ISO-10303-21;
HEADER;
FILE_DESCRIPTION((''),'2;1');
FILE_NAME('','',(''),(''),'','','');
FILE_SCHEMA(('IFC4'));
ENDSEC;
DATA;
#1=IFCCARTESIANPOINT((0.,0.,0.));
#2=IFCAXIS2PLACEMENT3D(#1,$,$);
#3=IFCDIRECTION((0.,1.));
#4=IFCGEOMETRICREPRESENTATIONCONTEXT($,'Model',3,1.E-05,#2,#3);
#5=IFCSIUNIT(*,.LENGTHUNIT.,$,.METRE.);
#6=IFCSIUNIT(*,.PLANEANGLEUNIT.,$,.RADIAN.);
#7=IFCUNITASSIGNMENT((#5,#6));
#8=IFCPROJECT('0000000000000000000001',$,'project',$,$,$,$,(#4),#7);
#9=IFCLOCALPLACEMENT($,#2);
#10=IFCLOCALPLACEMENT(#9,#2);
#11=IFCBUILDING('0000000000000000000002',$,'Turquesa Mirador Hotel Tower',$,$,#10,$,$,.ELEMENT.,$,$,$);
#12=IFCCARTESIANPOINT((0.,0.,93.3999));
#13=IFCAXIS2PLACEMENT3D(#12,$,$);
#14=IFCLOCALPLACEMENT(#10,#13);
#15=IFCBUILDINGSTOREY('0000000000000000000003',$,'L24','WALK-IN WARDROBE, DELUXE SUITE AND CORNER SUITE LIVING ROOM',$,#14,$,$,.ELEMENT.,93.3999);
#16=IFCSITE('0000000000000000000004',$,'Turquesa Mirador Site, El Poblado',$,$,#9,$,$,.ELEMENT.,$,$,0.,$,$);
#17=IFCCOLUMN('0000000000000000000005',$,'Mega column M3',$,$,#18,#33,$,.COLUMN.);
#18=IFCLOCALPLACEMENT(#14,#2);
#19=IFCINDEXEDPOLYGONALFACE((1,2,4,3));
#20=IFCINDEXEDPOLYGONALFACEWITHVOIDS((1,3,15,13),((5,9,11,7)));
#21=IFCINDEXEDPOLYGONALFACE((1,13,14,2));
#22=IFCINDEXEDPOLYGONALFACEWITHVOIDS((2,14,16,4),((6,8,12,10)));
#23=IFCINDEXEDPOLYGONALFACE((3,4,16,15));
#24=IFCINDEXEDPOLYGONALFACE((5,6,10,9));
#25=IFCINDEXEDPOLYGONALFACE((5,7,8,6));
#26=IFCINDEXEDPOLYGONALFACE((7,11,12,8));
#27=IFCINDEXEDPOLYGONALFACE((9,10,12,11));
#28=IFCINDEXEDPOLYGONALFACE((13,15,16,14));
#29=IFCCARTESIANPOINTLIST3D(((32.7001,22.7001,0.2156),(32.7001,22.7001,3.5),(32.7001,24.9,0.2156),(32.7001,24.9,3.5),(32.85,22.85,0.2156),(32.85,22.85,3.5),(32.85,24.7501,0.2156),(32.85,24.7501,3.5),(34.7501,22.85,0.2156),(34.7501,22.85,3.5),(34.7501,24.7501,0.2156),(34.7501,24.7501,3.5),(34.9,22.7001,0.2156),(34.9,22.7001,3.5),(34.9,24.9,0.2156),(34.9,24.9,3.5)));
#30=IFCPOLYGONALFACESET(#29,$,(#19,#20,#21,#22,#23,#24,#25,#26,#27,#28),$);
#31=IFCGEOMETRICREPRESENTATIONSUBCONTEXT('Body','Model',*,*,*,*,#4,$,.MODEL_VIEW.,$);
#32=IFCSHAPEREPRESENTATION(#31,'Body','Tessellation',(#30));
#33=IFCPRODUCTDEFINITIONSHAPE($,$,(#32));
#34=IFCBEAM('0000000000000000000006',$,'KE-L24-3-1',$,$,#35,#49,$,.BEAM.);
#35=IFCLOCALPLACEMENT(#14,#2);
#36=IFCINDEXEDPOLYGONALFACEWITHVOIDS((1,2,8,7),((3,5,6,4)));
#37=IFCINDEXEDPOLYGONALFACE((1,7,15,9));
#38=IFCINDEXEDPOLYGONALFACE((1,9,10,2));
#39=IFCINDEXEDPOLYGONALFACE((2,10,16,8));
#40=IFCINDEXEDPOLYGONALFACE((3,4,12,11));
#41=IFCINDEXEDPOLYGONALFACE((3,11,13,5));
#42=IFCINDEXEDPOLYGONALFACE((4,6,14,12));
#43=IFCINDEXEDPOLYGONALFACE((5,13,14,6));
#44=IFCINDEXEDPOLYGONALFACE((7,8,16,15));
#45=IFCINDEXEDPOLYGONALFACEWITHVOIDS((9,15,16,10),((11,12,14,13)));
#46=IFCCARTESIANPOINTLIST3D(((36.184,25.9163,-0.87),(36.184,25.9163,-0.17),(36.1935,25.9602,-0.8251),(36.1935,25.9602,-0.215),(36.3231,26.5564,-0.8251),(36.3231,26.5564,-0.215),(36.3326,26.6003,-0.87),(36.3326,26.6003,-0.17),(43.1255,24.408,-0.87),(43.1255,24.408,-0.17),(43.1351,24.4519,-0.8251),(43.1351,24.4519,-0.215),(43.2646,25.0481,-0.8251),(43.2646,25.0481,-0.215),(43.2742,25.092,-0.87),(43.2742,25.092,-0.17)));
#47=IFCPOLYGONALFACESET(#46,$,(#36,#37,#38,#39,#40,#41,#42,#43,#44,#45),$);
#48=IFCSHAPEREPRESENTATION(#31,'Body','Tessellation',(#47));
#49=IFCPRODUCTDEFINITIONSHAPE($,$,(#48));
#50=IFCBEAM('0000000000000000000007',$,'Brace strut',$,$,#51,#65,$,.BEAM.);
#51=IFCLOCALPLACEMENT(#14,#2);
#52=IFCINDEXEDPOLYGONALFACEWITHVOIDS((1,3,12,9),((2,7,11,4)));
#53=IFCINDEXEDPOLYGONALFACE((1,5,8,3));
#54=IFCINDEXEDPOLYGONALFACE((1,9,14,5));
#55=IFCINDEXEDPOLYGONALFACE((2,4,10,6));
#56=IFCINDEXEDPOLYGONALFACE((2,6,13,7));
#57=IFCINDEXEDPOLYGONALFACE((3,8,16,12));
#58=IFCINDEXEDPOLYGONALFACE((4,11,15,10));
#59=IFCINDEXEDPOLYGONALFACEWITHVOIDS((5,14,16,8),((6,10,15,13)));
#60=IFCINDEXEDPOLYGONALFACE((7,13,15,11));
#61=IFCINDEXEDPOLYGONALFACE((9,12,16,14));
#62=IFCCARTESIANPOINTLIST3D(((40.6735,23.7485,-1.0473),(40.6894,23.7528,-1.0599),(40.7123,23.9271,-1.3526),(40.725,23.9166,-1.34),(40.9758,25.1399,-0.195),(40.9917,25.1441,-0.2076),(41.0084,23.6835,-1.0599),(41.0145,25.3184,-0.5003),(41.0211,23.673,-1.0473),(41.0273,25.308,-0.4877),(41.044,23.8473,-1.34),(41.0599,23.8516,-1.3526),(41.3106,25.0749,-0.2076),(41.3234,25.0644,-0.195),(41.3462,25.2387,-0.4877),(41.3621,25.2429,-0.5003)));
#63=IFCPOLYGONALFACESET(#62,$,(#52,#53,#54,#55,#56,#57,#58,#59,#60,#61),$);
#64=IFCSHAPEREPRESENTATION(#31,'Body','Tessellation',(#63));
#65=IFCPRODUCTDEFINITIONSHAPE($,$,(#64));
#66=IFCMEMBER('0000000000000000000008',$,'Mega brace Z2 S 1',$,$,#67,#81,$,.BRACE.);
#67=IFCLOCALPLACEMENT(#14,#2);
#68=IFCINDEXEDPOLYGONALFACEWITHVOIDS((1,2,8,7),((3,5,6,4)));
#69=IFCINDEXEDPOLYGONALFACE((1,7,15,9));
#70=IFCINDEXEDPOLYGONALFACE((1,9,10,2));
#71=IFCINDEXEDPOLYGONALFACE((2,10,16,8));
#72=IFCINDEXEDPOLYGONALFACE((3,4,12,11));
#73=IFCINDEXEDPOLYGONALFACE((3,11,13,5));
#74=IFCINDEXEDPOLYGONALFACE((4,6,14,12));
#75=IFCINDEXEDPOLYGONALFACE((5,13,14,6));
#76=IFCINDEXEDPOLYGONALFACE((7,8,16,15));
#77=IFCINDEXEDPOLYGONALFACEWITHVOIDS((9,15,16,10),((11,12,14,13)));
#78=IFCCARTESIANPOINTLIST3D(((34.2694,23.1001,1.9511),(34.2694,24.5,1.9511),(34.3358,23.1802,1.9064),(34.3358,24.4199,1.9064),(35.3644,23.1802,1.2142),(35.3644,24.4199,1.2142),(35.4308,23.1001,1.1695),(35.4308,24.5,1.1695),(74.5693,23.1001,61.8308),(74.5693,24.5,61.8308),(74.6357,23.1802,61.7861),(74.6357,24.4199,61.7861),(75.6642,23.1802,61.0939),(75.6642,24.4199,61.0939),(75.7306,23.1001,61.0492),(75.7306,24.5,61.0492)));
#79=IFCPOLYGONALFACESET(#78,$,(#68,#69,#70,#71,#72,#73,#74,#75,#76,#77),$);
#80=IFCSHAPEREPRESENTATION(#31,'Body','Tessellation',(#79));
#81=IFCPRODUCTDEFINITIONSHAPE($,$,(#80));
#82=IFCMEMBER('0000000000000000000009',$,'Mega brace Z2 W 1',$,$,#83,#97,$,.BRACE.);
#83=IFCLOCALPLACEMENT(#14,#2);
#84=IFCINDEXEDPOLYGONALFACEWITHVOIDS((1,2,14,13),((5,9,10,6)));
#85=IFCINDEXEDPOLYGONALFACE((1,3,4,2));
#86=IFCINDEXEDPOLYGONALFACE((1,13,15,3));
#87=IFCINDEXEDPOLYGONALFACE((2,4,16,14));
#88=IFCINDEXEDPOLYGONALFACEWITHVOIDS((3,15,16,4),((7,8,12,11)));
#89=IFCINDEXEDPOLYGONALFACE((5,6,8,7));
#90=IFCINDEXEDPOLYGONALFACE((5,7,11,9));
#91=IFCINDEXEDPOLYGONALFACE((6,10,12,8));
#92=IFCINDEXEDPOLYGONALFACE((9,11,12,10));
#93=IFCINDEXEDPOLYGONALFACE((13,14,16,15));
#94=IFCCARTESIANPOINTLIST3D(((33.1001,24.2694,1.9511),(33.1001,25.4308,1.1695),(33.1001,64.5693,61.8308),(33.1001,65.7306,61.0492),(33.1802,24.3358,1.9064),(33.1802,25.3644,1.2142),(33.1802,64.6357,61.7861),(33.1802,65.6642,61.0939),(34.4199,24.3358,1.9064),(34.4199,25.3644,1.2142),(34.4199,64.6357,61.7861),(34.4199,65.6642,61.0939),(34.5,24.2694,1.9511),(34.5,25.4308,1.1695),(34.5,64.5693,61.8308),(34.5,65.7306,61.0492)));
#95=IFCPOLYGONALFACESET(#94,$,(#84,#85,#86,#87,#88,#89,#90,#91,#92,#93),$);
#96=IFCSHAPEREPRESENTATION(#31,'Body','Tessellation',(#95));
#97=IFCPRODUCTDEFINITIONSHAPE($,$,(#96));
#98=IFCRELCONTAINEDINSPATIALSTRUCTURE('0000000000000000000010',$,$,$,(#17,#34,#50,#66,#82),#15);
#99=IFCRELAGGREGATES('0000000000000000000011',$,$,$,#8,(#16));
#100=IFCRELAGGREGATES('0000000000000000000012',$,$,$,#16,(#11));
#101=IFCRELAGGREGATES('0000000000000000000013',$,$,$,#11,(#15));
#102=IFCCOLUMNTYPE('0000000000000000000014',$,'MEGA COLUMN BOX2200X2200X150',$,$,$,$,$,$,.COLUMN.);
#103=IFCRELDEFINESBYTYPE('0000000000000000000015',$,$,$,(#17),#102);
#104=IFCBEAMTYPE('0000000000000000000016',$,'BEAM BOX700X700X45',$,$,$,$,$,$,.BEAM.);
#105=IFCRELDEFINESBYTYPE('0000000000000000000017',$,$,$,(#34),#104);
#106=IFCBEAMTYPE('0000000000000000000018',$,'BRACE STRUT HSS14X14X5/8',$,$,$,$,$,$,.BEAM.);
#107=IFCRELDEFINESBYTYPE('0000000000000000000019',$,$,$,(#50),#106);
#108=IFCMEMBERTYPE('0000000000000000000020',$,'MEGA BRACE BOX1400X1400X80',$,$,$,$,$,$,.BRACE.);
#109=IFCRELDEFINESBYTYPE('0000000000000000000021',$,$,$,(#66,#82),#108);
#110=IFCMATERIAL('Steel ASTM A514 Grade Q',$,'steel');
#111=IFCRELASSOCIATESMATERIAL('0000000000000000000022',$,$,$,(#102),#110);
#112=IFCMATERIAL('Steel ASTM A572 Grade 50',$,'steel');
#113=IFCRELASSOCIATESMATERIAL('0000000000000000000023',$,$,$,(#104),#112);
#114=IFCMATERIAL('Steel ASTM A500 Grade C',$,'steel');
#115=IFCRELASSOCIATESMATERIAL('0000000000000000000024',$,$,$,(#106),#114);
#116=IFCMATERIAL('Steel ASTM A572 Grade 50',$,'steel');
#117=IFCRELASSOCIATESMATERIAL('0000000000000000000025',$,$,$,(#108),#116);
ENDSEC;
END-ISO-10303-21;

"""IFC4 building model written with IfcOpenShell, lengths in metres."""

from ifc_helpers import new_model, si_unit, direction, frame, origin, origin_2d, place, context, subcontext, project, spatial, hollow_rectangle, extrude, clip, halfspace, material, material_profile, profile_set, type_object, element, save


model = new_model("IFC4")

# Units and contexts
model_context = context("Model", 3, precision=1e-05, world=origin(), true_north=direction((0.0, 1.0)))
body_context = subcontext(model_context, "Body", "Model", "MODEL_VIEW")
ifc_project = project(units=[si_unit("LENGTHUNIT", "METRE"), si_unit("PLANEANGLEUNIT", "RADIAN")], contexts=[model_context])

# Site, building, storey
site_placement = place(None, origin())
site = spatial("IfcSite", under=ifc_project, at=site_placement, Name="Turquesa Mirador Site, El Poblado", CompositionType="ELEMENT", RefElevation=0.0)
building_placement = place(site_placement, origin())
building = spatial("IfcBuilding", under=site, at=building_placement, Name="Turquesa Mirador Hotel Tower", CompositionType="ELEMENT")
storey_placement = place(building_placement, frame((0.0, 0.0, 93.3999)))
storey = spatial("IfcBuildingStorey", under=building, at=storey_placement, Name="L24", Description="WALK-IN WARDROBE, DELUXE SUITE AND CORNER SUITE LIVING ROOM", CompositionType="ELEMENT", Elevation=93.3999)

# Column
ifc_material_1 = material(Name="Steel ASTM A514 Grade Q", Category="steel")
ifc_material_profile_1 = material_profile(ifc_material_1, hollow_rectangle(XDim=2.2, YDim=2.2, WallThickness=0.1499, at=origin_2d()), Name="BOX2200X2200X150")
ifc_profile_set_1 = profile_set([ifc_material_profile_1], Name="Steel ASTM A514 Grade Q")
column_type = type_object("IfcColumnType", Name="MEGA COLUMN BOX2200X2200X150", PredefinedType="COLUMN", material=ifc_profile_set_1)
column_placement = place(storey_placement, frame((33.8, 23.8, 0.0), z_axis=(0.0, 0.0, 1.0), x_axis=(1.0, 0.0, 0.0)))
element("IfcColumn", 1, at=column_placement, inside=storey, type_object=column_type, Name="Mega column M3", PredefinedType="COLUMN", context=body_context, shape_type="Clipping", body=[
    clip(extrude(hollow_rectangle(XDim=2.2, YDim=2.2, WallThickness=0.1499, at=origin_2d()), origin(), (0.0, 0.0, 1.0), 3.5), halfspace(frame((0.0, 0.0, 0.2156), z_axis=(0.0, 0.0, -1.0), x_axis=(1.0, 0.0, 0.0)), False)),
])

# Beams
ifc_material_2 = material(Name="Steel ASTM A572 Grade 50", Category="steel")
ifc_material_profile_2 = material_profile(ifc_material_2, hollow_rectangle(XDim=0.7, YDim=0.7, WallThickness=0.0449, at=origin_2d()), Name="BOX700X700X45")
ifc_profile_set_2 = profile_set([ifc_material_profile_2], Name="Steel ASTM A572 Grade 50")
beam_type_1 = type_object("IfcBeamType", Name="BEAM BOX700X700X45", PredefinedType="BEAM", material=ifc_profile_set_2)
beam_1_placement = place(storey_placement, frame((36.2583, 26.2583, -0.52), z_axis=(0.977198, -0.212328, 0.0), x_axis=(0.212328, 0.977198, 0.0)))
element("IfcBeam", 2, at=beam_1_placement, inside=storey, type_object=beam_type_1, Name="KE-L24-3-1", PredefinedType="BEAM", context=body_context, shape_type="SweptSolid", body=[
    extrude(hollow_rectangle(XDim=0.7, YDim=0.7, WallThickness=0.0449, at=origin_2d()), origin(), (0.0, 0.0, 1.0), 7.1035),
])
ifc_material_3 = material(Name="Steel ASTM A500 Grade C", Category="steel")
ifc_material_profile_3 = material_profile(ifc_material_3, hollow_rectangle(XDim=0.3557, YDim=0.3557, WallThickness=0.0146, at=origin_2d()), Name="HSS14X14X5/8")
ifc_profile_set_3 = profile_set([ifc_material_profile_3], Name="Steel ASTM A500 Grade C")
beam_type_2 = type_object("IfcBeamType", Name="BRACE STRUT HSS14X14X5/8", PredefinedType="BEAM", material=ifc_profile_set_3)
beam_2_placement = place(storey_placement, frame((40.8667, 23.8, -1.2), z_axis=(0.182141, 0.838466, 0.513614), x_axis=(-0.977209, 0.21228, 0.0)))
element("IfcBeam", 3, at=beam_2_placement, inside=storey, type_object=beam_type_2, Name="Brace strut", PredefinedType="BEAM", context=body_context, shape_type="SweptSolid", body=[
    extrude(hollow_rectangle(XDim=0.3557, YDim=0.3557, WallThickness=0.0146, at=origin_2d()), origin(), (0.0, 0.0, 1.0), 1.6594),
])

# Members
ifc_material_4 = material(Name="Steel ASTM A572 Grade 50", Category="steel")
ifc_material_profile_4 = material_profile(ifc_material_4, hollow_rectangle(XDim=1.3999, YDim=1.3999, WallThickness=0.0801, at=origin_2d()), Name="BOX1400X1400X80")
ifc_profile_set_4 = profile_set([ifc_material_profile_4], Name="Steel ASTM A572 Grade 50")
member_type = type_object("IfcMemberType", Name="MEGA BRACE BOX1400X1400X80", PredefinedType="BRACE", material=ifc_profile_set_4)
for number, where, z_axis, x_axis, name in (
    (4, (34.8501, 23.8, 1.5603), (0.55834, 0.0, 0.829612), (0.0, 1.0, 0.0), "Mega brace Z2 S 1"),
    (5, (33.8, 24.8501, 1.5603), (0.0, 0.55834, 0.829612), (-1.0, 0.0, 0.0), "Mega brace Z2 W 1"),
):
    element("IfcMember", number, at=place(storey_placement, frame(where, z_axis=z_axis, x_axis=x_axis)), inside=storey, type_object=member_type, Name=name, PredefinedType="BRACE", context=body_context, shape_type="SweptSolid", body=[
        extrude(hollow_rectangle(XDim=1.3999, YDim=1.3999, WallThickness=0.0801, at=origin_2d()), origin(), (0.0, 0.0, 1.0), 72.178),
    ])

save(model, "model.ifc")
